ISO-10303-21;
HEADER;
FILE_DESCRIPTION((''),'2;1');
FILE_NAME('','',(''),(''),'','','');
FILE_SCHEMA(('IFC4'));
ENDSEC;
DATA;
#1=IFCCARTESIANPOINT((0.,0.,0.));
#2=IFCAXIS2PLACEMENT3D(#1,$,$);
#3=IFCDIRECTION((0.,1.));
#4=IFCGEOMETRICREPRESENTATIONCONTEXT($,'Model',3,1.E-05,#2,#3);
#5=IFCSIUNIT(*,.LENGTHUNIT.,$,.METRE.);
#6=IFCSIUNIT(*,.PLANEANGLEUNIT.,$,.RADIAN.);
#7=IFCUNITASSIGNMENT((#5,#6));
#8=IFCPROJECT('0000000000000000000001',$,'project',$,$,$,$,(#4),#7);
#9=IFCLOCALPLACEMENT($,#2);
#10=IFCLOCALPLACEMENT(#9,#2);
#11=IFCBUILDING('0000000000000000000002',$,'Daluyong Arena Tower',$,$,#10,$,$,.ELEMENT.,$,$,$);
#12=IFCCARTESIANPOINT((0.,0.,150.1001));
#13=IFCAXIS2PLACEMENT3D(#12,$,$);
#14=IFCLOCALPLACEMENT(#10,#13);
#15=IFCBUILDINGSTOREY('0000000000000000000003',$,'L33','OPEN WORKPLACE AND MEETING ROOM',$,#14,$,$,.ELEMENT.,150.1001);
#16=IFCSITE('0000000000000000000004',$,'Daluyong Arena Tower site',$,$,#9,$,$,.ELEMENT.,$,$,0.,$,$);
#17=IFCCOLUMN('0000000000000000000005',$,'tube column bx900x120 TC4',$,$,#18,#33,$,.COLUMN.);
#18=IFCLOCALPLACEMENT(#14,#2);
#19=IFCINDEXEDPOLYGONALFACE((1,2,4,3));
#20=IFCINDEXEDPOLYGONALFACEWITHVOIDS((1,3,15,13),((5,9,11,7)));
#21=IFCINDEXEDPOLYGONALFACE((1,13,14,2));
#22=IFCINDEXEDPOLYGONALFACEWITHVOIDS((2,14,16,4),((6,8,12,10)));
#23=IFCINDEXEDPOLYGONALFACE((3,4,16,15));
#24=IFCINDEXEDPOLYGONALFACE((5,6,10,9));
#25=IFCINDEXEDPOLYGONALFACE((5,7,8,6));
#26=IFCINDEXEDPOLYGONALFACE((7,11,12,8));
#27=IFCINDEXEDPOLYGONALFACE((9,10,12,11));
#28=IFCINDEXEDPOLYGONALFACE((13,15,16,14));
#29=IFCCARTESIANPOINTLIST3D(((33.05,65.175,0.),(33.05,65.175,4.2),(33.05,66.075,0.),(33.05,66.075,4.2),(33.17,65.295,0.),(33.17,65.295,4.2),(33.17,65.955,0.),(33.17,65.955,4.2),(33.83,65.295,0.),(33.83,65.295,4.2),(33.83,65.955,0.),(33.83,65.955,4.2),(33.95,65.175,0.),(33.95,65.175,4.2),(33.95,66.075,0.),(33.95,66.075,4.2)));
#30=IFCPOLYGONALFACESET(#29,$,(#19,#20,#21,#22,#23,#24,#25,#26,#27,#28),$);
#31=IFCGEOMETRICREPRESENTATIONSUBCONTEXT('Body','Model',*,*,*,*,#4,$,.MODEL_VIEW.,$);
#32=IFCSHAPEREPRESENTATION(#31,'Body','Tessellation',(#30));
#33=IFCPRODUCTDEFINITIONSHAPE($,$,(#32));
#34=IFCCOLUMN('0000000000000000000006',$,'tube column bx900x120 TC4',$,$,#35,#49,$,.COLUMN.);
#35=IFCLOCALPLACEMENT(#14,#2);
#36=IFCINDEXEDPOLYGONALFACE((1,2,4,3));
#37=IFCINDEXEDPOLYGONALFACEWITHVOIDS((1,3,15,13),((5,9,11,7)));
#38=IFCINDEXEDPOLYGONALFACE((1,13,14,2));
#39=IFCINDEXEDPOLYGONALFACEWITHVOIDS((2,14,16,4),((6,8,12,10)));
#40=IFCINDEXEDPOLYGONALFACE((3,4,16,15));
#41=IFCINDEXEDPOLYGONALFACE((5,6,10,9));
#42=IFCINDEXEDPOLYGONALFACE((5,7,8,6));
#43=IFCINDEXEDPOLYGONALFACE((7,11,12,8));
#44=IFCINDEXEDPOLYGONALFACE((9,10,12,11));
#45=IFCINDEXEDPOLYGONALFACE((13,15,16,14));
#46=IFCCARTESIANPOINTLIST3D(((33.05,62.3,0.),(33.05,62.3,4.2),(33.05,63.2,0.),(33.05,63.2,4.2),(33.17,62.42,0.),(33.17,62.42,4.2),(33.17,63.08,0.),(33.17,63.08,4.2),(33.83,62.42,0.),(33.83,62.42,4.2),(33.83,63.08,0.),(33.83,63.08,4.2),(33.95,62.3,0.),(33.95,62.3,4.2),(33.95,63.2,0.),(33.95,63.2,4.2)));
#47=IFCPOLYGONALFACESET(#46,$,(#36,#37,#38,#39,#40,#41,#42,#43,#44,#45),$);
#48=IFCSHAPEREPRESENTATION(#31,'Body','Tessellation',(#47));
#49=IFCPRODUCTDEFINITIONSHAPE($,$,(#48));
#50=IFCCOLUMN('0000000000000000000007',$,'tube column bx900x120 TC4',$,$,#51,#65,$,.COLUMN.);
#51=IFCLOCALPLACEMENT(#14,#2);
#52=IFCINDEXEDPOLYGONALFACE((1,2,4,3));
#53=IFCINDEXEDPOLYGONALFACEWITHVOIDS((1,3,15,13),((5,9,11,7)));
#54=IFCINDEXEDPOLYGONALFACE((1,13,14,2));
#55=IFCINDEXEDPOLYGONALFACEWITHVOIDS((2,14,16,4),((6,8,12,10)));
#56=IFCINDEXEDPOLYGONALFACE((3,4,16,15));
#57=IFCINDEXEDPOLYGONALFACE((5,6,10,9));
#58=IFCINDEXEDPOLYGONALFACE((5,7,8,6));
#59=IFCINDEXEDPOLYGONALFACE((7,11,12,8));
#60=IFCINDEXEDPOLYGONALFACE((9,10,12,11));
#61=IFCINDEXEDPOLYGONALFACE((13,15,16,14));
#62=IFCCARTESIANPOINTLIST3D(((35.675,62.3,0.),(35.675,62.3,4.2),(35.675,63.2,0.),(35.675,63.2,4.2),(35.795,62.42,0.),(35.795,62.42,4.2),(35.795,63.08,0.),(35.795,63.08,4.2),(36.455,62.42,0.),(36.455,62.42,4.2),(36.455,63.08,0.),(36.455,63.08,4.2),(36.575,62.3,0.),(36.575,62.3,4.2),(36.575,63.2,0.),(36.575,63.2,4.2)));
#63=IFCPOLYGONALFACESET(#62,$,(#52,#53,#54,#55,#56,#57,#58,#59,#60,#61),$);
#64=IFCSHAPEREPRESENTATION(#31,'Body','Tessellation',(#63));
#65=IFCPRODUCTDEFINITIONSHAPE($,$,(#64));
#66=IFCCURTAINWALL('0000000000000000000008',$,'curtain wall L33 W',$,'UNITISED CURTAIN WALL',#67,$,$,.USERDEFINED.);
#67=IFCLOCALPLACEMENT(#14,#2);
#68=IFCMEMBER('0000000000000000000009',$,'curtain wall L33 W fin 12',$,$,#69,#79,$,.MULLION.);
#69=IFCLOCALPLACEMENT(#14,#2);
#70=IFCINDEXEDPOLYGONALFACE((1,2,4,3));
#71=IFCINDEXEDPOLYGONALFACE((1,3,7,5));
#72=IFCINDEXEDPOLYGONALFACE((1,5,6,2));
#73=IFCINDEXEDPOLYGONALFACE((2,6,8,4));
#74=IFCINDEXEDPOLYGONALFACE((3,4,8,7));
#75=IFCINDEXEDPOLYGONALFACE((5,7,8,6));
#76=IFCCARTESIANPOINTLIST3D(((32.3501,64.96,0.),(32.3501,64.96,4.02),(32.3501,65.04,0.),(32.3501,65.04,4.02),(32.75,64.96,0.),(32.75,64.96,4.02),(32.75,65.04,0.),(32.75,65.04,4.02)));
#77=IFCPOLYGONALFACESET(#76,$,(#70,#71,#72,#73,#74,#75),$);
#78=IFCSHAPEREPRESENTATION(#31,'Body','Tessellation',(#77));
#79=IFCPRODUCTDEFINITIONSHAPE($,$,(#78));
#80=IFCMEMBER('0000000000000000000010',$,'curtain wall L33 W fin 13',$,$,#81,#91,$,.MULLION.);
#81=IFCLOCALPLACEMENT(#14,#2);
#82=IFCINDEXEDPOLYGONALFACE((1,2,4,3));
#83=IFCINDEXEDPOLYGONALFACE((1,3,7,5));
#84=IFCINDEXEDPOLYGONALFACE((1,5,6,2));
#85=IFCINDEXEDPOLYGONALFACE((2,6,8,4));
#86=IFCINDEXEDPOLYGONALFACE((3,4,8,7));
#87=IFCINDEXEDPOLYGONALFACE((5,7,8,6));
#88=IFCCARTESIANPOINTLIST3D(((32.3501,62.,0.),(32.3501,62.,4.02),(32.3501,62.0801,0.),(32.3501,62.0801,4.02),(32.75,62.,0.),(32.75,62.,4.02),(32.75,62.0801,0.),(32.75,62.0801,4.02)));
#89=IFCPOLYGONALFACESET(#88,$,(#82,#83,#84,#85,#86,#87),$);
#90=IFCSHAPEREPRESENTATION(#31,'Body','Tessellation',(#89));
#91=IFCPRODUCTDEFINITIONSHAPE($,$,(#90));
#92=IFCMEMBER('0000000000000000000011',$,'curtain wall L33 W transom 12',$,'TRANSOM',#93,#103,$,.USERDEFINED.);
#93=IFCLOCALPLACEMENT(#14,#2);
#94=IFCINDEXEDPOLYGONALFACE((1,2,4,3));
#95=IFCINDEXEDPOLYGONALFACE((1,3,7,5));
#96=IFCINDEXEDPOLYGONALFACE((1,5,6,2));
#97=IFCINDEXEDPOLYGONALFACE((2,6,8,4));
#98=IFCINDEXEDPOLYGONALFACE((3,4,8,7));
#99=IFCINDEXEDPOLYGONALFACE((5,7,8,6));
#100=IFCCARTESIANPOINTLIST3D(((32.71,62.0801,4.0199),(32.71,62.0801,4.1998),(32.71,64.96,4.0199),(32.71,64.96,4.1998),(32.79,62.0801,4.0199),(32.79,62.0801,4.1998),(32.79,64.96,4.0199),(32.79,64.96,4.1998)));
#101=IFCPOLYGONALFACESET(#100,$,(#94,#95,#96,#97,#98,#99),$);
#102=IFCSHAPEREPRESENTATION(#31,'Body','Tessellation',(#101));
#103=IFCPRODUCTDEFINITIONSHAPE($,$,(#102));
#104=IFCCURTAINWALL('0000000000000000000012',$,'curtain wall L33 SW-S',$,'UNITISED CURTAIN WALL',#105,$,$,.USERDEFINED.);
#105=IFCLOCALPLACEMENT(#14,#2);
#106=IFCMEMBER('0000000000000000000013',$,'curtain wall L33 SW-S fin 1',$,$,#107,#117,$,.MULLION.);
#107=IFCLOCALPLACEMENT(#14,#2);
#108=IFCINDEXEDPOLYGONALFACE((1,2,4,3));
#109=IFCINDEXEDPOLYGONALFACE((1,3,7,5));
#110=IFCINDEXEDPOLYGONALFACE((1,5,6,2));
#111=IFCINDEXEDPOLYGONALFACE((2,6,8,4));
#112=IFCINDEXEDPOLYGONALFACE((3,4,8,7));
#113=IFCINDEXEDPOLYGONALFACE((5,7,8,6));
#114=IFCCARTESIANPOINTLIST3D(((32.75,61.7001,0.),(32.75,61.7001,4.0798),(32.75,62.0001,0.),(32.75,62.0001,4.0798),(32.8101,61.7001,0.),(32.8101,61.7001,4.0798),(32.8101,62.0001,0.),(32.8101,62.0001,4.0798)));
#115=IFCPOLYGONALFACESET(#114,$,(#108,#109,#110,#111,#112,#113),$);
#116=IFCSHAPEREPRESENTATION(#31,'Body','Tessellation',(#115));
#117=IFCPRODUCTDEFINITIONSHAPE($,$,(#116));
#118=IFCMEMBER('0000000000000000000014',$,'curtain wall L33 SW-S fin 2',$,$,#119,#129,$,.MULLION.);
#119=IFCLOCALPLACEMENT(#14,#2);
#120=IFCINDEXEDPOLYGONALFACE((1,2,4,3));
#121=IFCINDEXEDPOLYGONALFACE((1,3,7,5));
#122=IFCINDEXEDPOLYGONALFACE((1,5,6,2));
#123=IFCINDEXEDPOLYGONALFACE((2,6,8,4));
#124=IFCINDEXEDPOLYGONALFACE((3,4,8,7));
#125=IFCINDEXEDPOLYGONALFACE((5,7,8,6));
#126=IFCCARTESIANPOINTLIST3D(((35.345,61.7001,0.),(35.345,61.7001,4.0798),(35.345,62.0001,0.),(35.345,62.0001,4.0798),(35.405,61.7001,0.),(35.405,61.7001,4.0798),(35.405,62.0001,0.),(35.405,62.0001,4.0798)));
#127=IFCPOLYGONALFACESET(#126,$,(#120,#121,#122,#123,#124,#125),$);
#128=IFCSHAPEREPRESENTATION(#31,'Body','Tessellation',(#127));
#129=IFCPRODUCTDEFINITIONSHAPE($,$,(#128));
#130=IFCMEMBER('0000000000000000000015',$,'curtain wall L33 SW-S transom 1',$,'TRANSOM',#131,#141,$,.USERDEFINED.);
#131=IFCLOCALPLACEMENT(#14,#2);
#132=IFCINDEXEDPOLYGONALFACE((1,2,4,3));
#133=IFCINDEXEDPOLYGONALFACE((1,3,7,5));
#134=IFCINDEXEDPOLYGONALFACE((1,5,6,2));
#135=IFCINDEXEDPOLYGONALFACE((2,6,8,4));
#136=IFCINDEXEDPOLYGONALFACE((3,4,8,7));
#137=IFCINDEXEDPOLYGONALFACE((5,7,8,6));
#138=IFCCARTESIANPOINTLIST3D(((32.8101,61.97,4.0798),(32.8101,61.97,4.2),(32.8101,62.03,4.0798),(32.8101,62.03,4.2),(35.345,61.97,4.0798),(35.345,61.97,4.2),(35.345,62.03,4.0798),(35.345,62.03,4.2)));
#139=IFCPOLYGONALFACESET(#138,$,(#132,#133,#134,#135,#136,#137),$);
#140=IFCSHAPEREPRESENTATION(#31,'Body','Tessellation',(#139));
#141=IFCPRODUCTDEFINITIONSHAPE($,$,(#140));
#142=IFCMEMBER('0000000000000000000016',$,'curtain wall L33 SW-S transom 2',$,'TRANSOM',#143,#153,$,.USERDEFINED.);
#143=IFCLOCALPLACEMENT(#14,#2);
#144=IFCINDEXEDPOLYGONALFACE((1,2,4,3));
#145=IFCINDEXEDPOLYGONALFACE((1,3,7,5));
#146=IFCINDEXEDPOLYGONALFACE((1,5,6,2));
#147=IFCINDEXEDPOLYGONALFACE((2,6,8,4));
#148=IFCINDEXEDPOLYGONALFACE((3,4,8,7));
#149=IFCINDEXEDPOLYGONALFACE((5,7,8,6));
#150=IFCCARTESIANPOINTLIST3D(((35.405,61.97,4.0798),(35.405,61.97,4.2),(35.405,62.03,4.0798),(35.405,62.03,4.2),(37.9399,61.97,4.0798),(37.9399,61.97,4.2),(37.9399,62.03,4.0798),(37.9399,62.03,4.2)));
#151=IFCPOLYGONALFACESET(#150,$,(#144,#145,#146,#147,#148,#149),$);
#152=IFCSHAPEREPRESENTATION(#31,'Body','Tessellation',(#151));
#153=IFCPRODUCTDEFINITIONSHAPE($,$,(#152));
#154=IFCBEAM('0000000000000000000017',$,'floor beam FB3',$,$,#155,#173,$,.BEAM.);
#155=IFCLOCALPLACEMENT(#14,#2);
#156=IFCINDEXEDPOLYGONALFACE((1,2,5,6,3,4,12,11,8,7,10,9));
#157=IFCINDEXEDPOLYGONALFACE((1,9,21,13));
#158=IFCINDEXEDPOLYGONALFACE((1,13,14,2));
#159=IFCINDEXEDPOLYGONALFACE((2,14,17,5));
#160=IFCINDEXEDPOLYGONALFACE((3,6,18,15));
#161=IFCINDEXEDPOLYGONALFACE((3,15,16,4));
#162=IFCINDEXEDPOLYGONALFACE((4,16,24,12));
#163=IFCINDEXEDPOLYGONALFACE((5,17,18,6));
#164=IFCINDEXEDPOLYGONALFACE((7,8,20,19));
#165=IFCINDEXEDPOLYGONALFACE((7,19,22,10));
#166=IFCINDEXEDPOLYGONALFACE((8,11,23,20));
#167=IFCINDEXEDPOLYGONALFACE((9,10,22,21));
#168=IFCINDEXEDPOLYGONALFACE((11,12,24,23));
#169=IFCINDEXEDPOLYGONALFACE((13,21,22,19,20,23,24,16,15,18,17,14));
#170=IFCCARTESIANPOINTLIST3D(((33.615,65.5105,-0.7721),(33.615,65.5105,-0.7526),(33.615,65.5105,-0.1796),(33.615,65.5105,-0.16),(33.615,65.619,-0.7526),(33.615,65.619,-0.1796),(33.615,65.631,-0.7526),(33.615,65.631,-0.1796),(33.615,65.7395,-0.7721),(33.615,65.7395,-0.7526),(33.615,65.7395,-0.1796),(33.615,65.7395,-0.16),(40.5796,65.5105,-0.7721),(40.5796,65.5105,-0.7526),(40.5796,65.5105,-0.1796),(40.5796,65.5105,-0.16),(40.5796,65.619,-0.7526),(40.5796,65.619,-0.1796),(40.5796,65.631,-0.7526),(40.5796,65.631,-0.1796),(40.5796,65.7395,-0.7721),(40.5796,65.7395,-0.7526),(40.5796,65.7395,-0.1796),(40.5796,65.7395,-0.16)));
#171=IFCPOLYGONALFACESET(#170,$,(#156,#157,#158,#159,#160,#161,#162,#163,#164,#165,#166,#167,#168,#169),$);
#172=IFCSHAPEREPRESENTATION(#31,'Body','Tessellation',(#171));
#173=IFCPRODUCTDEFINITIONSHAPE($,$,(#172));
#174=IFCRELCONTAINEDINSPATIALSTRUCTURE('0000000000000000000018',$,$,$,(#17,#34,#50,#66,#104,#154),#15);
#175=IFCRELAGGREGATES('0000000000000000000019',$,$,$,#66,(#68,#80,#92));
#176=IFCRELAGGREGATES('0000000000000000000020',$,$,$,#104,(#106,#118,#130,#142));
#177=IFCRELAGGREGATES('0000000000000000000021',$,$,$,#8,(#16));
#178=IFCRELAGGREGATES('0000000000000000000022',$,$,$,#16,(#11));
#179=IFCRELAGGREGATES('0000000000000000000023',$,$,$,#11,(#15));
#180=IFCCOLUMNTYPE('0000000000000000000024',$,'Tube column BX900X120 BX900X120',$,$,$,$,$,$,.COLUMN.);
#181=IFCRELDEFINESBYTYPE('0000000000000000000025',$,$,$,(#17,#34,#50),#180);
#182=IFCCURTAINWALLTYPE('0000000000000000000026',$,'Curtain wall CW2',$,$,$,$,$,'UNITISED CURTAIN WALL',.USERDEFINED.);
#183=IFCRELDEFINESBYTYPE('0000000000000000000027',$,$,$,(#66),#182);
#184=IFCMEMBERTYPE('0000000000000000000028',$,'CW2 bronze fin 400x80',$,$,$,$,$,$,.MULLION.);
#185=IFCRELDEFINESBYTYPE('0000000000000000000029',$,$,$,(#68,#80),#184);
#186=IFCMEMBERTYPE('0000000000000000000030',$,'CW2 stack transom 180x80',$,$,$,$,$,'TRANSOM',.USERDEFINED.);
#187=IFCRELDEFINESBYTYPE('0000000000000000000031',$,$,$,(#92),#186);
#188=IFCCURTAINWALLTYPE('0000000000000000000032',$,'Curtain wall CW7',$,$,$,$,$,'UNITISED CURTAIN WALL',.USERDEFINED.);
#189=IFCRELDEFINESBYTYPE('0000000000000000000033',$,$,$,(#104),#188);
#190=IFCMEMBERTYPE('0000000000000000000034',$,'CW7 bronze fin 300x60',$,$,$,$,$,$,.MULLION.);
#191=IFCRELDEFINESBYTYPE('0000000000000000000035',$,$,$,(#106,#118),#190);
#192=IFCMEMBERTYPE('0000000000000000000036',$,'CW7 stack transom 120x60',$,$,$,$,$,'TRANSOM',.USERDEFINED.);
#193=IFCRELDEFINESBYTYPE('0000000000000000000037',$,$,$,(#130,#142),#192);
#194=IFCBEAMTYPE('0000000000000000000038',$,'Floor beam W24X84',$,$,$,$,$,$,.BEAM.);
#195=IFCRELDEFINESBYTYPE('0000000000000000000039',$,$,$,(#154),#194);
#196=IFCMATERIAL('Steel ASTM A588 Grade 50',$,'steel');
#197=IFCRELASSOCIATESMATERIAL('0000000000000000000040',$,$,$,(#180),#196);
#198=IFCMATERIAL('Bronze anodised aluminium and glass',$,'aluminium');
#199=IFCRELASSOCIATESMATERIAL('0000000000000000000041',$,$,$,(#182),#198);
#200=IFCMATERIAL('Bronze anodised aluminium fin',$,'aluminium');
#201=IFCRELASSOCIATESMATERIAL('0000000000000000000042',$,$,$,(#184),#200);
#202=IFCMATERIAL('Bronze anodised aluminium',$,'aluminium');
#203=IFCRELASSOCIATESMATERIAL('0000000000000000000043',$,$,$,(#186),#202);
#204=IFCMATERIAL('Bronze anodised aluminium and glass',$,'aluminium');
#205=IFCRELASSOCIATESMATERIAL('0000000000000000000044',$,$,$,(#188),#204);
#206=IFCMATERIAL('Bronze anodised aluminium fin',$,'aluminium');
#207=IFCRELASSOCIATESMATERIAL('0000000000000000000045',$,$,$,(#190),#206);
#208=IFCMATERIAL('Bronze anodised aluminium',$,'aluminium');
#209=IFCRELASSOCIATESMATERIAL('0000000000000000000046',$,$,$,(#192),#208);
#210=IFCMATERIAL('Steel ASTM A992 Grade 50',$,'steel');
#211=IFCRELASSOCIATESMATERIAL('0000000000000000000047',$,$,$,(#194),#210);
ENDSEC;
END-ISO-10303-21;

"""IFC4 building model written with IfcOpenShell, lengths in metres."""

from ifc_helpers import new_model, si_unit, direction, frame, origin, origin_2d, place, context, subcontext, project, spatial, rectangle, hollow_rectangle, i_section, extrude, material, material_profile, profile_set, type_object, element, aggregate, save


model = new_model("IFC4")

# Units and contexts
model_context = context("Model", 3, precision=1e-05, world=origin(), true_north=direction((0.0, 1.0)))
body_context = subcontext(model_context, "Body", "Model", "MODEL_VIEW")
ifc_project = project(units=[si_unit("LENGTHUNIT", "METRE"), si_unit("PLANEANGLEUNIT", "RADIAN")], contexts=[model_context])

# Site, building, storey
site_placement = place(None, origin())
site = spatial("IfcSite", under=ifc_project, at=site_placement, Name="Daluyong Arena Tower site", CompositionType="ELEMENT", RefElevation=0.0)
building_placement = place(site_placement, origin())
building = spatial("IfcBuilding", under=site, at=building_placement, Name="Daluyong Arena Tower", CompositionType="ELEMENT")
storey_placement = place(building_placement, frame((0.0, 0.0, 150.1001)))
storey = spatial("IfcBuildingStorey", under=building, at=storey_placement, Name="L33", Description="OPEN WORKPLACE AND MEETING ROOM", CompositionType="ELEMENT", Elevation=150.1001)

# Columns
ifc_material_1 = material(Name="Steel ASTM A588 Grade 50", Category="steel")
ifc_material_profile_1 = material_profile(ifc_material_1, hollow_rectangle(XDim=0.8999, YDim=0.8999, WallThickness=0.12, at=origin_2d()))
ifc_profile_set_1 = profile_set([ifc_material_profile_1], Name="Steel ASTM A588 Grade 50")
column_type = type_object("IfcColumnType", Name="Tube column BX900X120 BX900X120", PredefinedType="COLUMN", material=ifc_profile_set_1)
for number, where, z_axis, x_axis, name in (
    (1, (33.5, 65.625, 0.0), (0.0, 0.0, 1.0), (0.0, 1.0, 0.0), "tube column bx900x120 TC4"),
    (2, (33.5, 62.75, 0.0), (0.0, 0.0, 1.0), (1.0, 0.0, 0.0), "tube column bx900x120 TC4"),
    (3, (36.125, 62.75, 0.0), (0.0, 0.0, 1.0), (1.0, 0.0, 0.0), "tube column bx900x120 TC4"),
):
    element("IfcColumn", number, at=place(storey_placement, frame(where, z_axis=z_axis, x_axis=x_axis)), inside=storey, type_object=column_type, Name=name, PredefinedType="COLUMN", context=body_context, shape_type="SweptSolid", body=[
        extrude(hollow_rectangle(XDim=0.8999, YDim=0.8999, WallThickness=0.12, at=origin_2d()), origin(), (0.0, 0.0, 1.0), 4.2),
    ])

# Curtain walls, members
ifc_material_2 = material(Name="Bronze anodised aluminium and glass", Category="aluminium")
curtain_wall_type_1 = type_object("IfcCurtainWallType", Name="Curtain wall CW2", ElementType="UNITISED CURTAIN WALL", PredefinedType="USERDEFINED", material=ifc_material_2)
curtain_wall_1_placement = place(storey_placement, origin())
curtain_wall_1 = element("IfcCurtainWall", 4, at=curtain_wall_1_placement, inside=storey, type_object=curtain_wall_type_1, Name="curtain wall L33 W", ObjectType="UNITISED CURTAIN WALL", PredefinedType="USERDEFINED")
ifc_material_3 = material(Name="Bronze anodised aluminium fin", Category="aluminium")
ifc_material_profile_2 = material_profile(ifc_material_3, rectangle(XDim=0.3999, YDim=0.0801, at=origin_2d()))
ifc_profile_set_2 = profile_set([ifc_material_profile_2], Name="Bronze anodised aluminium fin")
member_type_1 = type_object("IfcMemberType", Name="CW2 bronze fin 400x80", PredefinedType="MULLION", material=ifc_profile_set_2)
member_1_placement = place(storey_placement, frame((32.55, 65.0, 0.0), z_axis=(0.0, 0.0, 1.0), x_axis=(1.0, 0.0, 0.0)))
member_1 = element("IfcMember", 5, at=member_1_placement, type_object=member_type_1, Name="curtain wall L33 W fin 12", PredefinedType="MULLION", context=body_context, shape_type="SweptSolid", body=[
    extrude(rectangle(XDim=0.3999, YDim=0.0801, at=origin_2d()), origin(), (0.0, 0.0, 1.0), 4.02),
])
member_2_placement = place(storey_placement, frame((32.55, 62.04, 0.0), z_axis=(0.0, 0.0, 1.0), x_axis=(1.0, 0.0, 0.0)))
member_2 = element("IfcMember", 6, at=member_2_placement, type_object=member_type_1, Name="curtain wall L33 W fin 13", PredefinedType="MULLION", context=body_context, shape_type="SweptSolid", body=[
    extrude(rectangle(XDim=0.3999, YDim=0.0801, at=origin_2d()), origin(), (0.0, 0.0, 1.0), 4.02),
])
ifc_material_4 = material(Name="Bronze anodised aluminium", Category="aluminium")
ifc_material_profile_3 = material_profile(ifc_material_4, rectangle(XDim=0.0801, YDim=0.1799, at=origin_2d()))
ifc_profile_set_3 = profile_set([ifc_material_profile_3], Name="Bronze anodised aluminium")
member_type_2 = type_object("IfcMemberType", Name="CW2 stack transom 180x80", ElementType="TRANSOM", PredefinedType="USERDEFINED", material=ifc_profile_set_3)
member_3_placement = place(storey_placement, frame((32.75, 64.96, 4.1099), z_axis=(0.0, -1.0, 0.0), x_axis=(1.0, 0.0, 0.0)))
member_3 = element("IfcMember", 7, at=member_3_placement, type_object=member_type_2, Name="curtain wall L33 W transom 12", ObjectType="TRANSOM", PredefinedType="USERDEFINED", context=body_context, shape_type="SweptSolid", body=[
    extrude(rectangle(XDim=0.0801, YDim=0.1799, at=origin_2d()), origin(), (0.0, 0.0, 1.0), 2.8799),
])
ifc_material_5 = material(Name="Bronze anodised aluminium and glass", Category="aluminium")
curtain_wall_type_2 = type_object("IfcCurtainWallType", Name="Curtain wall CW7", ElementType="UNITISED CURTAIN WALL", PredefinedType="USERDEFINED", material=ifc_material_5)
curtain_wall_2_placement = place(storey_placement, origin())
curtain_wall_2 = element("IfcCurtainWall", 8, at=curtain_wall_2_placement, inside=storey, type_object=curtain_wall_type_2, Name="curtain wall L33 SW-S", ObjectType="UNITISED CURTAIN WALL", PredefinedType="USERDEFINED")
ifc_material_6 = material(Name="Bronze anodised aluminium fin", Category="aluminium")
ifc_material_profile_4 = material_profile(ifc_material_6, rectangle(XDim=0.3, YDim=0.0601, at=origin_2d()))
ifc_profile_set_4 = profile_set([ifc_material_profile_4], Name="Bronze anodised aluminium fin")
member_type_3 = type_object("IfcMemberType", Name="CW7 bronze fin 300x60", PredefinedType="MULLION", material=ifc_profile_set_4)
member_4_placement = place(storey_placement, frame((32.78, 61.8501, 0.0), z_axis=(0.0, 0.0, 1.0), x_axis=(0.0, 1.0, 0.0)))
member_4 = element("IfcMember", 9, at=member_4_placement, type_object=member_type_3, Name="curtain wall L33 SW-S fin 1", PredefinedType="MULLION", context=body_context, shape_type="SweptSolid", body=[
    extrude(rectangle(XDim=0.3, YDim=0.0601, at=origin_2d()), origin(), (0.0, 0.0, 1.0), 4.0798),
])
member_5_placement = place(storey_placement, frame((35.375, 61.8501, 0.0), z_axis=(0.0, 0.0, 1.0), x_axis=(0.0, 1.0, 0.0)))
member_5 = element("IfcMember", 10, at=member_5_placement, type_object=member_type_3, Name="curtain wall L33 SW-S fin 2", PredefinedType="MULLION", context=body_context, shape_type="SweptSolid", body=[
    extrude(rectangle(XDim=0.3, YDim=0.0601, at=origin_2d()), origin(), (0.0, 0.0, 1.0), 4.0798),
])
ifc_material_7 = material(Name="Bronze anodised aluminium", Category="aluminium")
ifc_material_profile_5 = material_profile(ifc_material_7, rectangle(XDim=0.0601, YDim=0.1201, at=origin_2d()))
ifc_profile_set_5 = profile_set([ifc_material_profile_5], Name="Bronze anodised aluminium")
member_type_4 = type_object("IfcMemberType", Name="CW7 stack transom 120x60", ElementType="TRANSOM", PredefinedType="USERDEFINED", material=ifc_profile_set_5)
member_6_placement = place(storey_placement, frame((32.8101, 62.0, 4.1399), z_axis=(1.0, 0.0, 0.0), x_axis=(0.0, 1.0, 0.0)))
member_6 = element("IfcMember", 11, at=member_6_placement, type_object=member_type_4, Name="curtain wall L33 SW-S transom 1", ObjectType="TRANSOM", PredefinedType="USERDEFINED", context=body_context, shape_type="SweptSolid", body=[
    extrude(rectangle(XDim=0.0601, YDim=0.1201, at=origin_2d()), origin(), (0.0, 0.0, 1.0), 2.5349),
])
member_7_placement = place(storey_placement, frame((35.405, 62.0, 4.1399), z_axis=(1.0, 0.0, 0.0), x_axis=(0.0, 1.0, 0.0)))
member_7 = element("IfcMember", 12, at=member_7_placement, type_object=member_type_4, Name="curtain wall L33 SW-S transom 2", ObjectType="TRANSOM", PredefinedType="USERDEFINED", context=body_context, shape_type="SweptSolid", body=[
    extrude(rectangle(XDim=0.0601, YDim=0.1201, at=origin_2d()), origin(), (0.0, 0.0, 1.0), 2.5349),
])

# Beam
ifc_material_8 = material(Name="Steel ASTM A992 Grade 50", Category="steel")
ifc_material_profile_6 = material_profile(ifc_material_8, i_section(OverallWidth=0.229, OverallDepth=0.6121, WebThickness=0.012, FlangeThickness=0.0195, at=origin_2d()))
ifc_profile_set_6 = profile_set([ifc_material_profile_6], Name="Steel ASTM A992 Grade 50")
beam_type_1 = type_object("IfcBeamType", Name="Floor beam W24X84", PredefinedType="BEAM", material=ifc_profile_set_6)
beam_1_placement = place(storey_placement, frame((33.615, 65.625, -0.4661), z_axis=(1.0, 0.0, 0.0), x_axis=(0.0, 1.0, 0.0)))
element("IfcBeam", 13, at=beam_1_placement, inside=storey, type_object=beam_type_1, Name="floor beam FB3", PredefinedType="BEAM", context=body_context, shape_type="SweptSolid", body=[
    extrude(i_section(OverallWidth=0.229, OverallDepth=0.6121, WebThickness=0.012, FlangeThickness=0.0195, at=origin_2d()), origin(), (0.0, 0.0, 1.0), 6.9646),
])

aggregate(curtain_wall_1, [member_1, member_2, member_3])
aggregate(curtain_wall_2, [member_4, member_5, member_6, member_7])

save(model, "model.ifc")
